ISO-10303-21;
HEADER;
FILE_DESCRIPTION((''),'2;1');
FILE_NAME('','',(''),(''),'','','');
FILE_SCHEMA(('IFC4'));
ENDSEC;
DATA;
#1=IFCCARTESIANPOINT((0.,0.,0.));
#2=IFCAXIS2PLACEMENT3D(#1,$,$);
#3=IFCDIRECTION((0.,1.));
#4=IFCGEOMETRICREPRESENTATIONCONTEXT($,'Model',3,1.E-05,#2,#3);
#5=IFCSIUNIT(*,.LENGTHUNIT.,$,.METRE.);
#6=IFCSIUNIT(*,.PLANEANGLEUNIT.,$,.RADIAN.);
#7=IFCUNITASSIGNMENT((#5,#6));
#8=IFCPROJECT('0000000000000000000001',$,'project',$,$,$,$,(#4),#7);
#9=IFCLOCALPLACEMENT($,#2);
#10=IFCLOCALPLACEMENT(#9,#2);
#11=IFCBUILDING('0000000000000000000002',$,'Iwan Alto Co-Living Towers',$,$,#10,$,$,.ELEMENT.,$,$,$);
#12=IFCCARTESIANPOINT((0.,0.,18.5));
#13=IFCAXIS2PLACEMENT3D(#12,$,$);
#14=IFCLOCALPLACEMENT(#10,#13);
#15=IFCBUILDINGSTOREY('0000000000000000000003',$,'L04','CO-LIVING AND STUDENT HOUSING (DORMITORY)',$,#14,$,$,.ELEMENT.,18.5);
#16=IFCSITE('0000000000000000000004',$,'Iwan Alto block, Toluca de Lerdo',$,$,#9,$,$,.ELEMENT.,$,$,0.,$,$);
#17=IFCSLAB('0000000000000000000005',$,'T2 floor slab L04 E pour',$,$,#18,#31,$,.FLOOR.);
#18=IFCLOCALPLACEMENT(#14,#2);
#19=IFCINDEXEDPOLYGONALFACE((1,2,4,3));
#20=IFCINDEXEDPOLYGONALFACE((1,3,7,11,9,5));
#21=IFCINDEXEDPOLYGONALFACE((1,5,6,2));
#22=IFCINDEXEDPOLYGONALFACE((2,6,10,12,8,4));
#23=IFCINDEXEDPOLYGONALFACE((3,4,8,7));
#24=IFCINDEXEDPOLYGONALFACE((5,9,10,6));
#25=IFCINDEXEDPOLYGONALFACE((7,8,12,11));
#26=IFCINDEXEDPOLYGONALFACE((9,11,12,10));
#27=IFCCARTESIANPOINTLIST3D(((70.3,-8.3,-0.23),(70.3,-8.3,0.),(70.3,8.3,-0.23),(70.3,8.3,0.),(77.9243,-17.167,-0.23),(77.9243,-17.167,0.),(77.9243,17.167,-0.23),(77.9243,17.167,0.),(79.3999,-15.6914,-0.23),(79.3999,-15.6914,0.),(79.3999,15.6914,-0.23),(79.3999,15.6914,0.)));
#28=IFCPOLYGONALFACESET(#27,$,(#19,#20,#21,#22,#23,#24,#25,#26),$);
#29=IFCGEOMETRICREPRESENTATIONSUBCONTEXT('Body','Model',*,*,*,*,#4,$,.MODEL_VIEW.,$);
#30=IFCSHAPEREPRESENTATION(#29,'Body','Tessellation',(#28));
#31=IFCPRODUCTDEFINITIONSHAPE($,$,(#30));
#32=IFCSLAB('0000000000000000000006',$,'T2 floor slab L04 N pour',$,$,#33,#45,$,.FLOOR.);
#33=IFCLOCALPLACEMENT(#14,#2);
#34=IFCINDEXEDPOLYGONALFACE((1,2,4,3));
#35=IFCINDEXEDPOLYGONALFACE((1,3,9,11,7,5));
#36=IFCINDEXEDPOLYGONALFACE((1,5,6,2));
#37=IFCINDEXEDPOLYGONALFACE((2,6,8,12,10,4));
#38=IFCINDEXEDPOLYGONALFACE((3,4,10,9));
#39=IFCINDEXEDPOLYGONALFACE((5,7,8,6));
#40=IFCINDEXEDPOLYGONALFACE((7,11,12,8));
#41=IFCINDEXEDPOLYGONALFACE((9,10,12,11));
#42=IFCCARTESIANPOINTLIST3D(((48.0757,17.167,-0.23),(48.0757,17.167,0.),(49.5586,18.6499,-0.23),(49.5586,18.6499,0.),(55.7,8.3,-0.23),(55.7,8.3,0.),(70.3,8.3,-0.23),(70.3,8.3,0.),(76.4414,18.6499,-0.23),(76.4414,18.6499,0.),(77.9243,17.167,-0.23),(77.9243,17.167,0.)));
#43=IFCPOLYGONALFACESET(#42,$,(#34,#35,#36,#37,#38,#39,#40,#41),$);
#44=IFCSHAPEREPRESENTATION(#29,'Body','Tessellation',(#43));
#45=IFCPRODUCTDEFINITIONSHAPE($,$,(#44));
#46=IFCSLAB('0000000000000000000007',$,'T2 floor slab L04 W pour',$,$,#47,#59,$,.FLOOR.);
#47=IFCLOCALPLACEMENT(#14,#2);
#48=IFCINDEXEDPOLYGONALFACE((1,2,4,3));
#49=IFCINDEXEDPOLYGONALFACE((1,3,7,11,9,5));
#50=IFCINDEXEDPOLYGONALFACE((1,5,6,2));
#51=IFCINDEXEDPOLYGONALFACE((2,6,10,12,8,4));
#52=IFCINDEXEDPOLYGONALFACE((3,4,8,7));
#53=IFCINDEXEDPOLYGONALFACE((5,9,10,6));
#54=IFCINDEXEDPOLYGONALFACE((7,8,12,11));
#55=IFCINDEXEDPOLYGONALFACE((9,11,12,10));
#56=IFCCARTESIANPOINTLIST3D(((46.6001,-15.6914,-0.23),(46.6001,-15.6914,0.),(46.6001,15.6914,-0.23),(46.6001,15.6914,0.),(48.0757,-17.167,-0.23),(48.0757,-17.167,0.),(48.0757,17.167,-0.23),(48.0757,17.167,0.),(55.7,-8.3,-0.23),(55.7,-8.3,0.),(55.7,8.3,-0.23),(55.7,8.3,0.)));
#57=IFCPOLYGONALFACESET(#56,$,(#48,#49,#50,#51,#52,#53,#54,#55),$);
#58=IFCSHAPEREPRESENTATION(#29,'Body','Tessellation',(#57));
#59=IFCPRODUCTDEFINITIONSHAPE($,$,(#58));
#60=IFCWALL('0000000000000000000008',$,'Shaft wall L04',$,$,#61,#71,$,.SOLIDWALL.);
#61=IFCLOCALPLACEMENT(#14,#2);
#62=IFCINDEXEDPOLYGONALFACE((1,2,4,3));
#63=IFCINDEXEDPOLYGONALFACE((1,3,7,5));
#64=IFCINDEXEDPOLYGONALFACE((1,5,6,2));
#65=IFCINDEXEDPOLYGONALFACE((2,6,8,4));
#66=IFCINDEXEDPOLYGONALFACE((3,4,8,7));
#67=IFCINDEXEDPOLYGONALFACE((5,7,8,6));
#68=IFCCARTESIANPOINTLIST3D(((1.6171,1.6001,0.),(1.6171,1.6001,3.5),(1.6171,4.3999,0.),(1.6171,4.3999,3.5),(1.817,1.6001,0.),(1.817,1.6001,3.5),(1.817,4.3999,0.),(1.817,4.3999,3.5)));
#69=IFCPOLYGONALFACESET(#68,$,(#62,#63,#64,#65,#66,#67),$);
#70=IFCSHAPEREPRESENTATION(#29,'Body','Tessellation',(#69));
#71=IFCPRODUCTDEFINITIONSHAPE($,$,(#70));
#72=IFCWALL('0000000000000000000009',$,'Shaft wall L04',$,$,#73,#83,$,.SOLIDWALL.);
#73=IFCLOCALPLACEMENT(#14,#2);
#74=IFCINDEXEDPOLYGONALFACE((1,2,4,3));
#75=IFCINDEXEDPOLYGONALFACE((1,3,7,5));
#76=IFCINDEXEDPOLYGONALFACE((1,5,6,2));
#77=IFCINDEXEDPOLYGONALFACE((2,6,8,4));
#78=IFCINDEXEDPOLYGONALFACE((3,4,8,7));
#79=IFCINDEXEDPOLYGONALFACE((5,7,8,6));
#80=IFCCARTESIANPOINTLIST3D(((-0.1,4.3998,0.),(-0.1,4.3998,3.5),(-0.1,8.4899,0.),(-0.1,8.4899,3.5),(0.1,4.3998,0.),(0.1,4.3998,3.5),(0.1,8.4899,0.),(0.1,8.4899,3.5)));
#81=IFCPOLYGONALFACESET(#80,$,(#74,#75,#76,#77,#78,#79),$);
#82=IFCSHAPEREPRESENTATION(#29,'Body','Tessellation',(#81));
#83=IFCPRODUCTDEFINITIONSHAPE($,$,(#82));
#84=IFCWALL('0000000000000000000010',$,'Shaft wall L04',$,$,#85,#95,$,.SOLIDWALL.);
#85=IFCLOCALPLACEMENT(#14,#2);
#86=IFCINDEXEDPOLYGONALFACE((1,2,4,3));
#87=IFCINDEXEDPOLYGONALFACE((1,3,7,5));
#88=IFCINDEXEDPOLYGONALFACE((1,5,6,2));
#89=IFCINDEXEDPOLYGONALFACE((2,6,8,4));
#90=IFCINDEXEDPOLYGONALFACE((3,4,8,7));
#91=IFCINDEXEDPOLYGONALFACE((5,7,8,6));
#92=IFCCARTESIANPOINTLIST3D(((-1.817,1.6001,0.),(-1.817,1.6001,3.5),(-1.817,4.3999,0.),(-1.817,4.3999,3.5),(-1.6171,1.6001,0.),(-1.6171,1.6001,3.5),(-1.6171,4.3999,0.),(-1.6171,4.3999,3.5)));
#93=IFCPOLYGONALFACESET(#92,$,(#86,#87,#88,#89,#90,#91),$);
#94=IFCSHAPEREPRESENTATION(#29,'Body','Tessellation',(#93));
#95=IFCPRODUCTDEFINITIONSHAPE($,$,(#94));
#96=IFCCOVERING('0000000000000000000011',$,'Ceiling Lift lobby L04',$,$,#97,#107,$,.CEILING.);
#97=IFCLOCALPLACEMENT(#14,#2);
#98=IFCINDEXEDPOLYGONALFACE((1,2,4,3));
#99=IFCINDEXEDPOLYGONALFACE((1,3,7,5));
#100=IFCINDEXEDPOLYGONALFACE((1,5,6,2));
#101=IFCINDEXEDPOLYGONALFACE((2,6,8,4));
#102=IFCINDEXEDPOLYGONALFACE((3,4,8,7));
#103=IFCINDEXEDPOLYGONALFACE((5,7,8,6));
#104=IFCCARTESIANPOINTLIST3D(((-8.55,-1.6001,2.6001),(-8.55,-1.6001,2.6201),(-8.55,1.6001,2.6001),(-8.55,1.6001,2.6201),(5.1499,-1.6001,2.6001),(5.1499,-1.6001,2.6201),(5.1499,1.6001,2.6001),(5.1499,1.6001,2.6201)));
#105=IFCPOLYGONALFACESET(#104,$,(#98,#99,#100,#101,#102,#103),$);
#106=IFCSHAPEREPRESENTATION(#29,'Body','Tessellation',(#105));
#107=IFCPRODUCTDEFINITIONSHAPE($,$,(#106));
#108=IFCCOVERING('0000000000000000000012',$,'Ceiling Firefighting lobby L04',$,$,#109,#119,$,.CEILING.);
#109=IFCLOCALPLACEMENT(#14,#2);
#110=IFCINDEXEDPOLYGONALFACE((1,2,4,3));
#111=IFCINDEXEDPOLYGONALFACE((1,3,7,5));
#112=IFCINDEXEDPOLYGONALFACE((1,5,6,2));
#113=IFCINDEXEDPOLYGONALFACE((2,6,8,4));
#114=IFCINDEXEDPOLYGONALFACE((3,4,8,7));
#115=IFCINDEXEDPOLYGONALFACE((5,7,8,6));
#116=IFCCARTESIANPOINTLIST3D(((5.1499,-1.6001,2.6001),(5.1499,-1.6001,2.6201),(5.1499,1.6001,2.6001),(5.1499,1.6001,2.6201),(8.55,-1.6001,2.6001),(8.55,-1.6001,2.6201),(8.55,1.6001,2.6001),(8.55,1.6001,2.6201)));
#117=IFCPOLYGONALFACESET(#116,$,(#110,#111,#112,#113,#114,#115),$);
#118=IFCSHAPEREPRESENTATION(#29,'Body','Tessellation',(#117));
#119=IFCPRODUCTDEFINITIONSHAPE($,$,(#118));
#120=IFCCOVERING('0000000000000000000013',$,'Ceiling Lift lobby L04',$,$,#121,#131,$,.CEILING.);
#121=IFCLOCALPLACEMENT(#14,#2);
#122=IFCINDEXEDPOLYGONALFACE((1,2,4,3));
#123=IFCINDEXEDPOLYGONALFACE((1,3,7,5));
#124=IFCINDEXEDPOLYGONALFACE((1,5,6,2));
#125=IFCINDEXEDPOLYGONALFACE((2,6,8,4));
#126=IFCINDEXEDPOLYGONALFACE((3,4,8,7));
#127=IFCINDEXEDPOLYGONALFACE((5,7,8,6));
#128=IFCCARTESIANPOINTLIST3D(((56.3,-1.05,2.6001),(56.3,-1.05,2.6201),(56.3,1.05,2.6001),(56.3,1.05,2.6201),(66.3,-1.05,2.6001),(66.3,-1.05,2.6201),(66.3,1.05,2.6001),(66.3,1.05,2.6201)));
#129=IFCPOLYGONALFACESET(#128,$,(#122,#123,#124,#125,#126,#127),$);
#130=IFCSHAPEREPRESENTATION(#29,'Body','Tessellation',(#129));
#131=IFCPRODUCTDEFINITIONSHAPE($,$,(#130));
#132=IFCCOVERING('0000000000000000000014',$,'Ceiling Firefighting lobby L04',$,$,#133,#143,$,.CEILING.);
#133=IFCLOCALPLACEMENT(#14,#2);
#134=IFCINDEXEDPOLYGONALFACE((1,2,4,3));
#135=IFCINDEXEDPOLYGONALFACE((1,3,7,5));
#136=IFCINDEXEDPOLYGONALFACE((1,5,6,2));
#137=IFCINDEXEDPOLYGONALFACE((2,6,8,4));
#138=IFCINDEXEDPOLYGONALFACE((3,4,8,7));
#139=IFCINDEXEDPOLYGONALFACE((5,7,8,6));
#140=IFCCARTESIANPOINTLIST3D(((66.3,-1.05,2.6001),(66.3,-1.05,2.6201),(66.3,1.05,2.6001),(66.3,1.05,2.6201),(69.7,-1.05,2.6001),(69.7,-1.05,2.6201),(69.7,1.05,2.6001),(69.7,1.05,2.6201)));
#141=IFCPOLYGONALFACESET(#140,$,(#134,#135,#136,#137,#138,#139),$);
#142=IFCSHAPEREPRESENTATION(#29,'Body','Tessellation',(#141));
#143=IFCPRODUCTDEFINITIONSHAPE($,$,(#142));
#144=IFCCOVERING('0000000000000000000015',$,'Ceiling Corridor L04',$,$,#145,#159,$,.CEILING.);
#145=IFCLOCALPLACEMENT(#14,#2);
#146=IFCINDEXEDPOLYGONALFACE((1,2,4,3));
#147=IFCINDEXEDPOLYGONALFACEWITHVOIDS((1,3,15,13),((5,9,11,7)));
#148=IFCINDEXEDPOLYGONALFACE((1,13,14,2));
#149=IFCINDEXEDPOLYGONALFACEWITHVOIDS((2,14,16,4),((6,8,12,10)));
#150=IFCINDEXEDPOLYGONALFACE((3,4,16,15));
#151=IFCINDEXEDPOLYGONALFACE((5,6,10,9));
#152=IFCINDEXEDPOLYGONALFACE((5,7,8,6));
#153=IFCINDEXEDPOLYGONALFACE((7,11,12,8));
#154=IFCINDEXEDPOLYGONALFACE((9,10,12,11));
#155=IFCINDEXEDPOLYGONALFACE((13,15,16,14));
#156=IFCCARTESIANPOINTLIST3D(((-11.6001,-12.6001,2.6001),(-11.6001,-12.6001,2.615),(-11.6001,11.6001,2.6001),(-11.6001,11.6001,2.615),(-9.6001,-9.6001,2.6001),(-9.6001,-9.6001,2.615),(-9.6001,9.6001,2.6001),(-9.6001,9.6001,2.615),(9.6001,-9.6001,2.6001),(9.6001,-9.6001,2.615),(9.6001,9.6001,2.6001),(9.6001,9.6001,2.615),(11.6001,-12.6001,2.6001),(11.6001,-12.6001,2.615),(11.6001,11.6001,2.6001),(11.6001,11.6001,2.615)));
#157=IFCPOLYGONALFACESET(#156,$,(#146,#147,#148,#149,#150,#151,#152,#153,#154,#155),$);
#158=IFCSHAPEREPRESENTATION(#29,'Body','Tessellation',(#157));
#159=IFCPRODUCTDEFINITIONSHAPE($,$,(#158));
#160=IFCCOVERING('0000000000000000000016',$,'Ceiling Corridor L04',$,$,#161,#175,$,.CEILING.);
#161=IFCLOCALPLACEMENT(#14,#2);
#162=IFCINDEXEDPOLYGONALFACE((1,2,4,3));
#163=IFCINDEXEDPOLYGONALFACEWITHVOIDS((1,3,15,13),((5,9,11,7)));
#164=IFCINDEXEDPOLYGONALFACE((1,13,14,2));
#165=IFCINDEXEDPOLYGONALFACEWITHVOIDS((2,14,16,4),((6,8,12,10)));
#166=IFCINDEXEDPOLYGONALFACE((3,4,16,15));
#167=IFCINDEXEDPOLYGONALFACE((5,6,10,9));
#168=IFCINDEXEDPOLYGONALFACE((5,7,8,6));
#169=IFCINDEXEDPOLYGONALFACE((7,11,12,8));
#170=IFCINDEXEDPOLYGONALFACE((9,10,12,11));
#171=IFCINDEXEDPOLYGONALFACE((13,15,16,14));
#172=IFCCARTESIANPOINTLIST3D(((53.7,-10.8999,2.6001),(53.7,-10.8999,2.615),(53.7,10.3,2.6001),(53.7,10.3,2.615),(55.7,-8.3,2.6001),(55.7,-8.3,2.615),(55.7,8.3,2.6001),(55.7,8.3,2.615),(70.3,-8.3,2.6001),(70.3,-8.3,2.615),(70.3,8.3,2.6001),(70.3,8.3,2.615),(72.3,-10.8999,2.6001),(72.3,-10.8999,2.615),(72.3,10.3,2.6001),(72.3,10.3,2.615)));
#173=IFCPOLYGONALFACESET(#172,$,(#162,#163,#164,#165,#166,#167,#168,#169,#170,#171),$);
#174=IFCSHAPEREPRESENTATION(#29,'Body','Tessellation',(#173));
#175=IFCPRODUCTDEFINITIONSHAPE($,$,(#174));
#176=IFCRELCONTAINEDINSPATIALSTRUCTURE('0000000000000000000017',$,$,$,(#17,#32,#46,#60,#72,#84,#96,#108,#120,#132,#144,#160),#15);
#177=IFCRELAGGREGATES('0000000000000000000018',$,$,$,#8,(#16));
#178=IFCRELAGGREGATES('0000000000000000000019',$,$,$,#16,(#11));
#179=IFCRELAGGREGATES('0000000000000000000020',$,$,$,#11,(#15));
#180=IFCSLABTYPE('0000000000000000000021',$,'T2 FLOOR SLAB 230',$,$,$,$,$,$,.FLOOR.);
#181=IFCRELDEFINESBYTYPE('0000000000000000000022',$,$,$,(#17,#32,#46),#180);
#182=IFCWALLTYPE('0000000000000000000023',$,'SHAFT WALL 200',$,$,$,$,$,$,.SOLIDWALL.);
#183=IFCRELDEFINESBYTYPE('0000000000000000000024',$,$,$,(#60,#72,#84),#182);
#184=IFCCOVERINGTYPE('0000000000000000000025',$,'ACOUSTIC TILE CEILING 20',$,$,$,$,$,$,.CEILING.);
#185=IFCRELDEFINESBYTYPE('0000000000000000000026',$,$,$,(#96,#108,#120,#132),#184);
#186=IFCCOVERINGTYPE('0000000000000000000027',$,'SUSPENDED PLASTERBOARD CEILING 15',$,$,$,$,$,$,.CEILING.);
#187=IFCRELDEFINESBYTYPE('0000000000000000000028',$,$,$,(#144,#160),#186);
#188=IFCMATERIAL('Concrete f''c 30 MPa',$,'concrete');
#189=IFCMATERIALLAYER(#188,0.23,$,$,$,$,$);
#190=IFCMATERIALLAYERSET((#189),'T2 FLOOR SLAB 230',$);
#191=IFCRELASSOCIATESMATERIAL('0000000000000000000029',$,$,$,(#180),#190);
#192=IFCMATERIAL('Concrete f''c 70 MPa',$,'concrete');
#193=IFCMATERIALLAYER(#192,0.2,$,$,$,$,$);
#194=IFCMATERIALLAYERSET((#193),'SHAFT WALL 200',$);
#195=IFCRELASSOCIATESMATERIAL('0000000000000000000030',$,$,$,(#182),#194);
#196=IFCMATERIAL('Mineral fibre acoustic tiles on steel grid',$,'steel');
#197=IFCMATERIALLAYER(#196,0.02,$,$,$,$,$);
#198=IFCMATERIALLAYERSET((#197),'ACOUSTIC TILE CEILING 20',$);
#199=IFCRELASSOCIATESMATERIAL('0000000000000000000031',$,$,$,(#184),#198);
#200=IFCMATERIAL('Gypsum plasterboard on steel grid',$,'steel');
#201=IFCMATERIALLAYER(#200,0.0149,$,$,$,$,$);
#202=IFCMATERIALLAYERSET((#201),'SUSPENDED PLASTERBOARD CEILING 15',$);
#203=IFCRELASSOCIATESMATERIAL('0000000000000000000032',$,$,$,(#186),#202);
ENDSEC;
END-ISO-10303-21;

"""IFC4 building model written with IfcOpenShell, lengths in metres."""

from ifc_helpers import new_model, si_unit, direction, frame, frame_2d, origin, place, context, subcontext, project, spatial, polyline, rectangle, outline, extrude, material, layer, layer_set, type_object, element, save


model = new_model("IFC4")

# Units and contexts
model_context = context("Model", 3, precision=1e-05, world=origin(), true_north=direction((0.0, 1.0)))
body_context = subcontext(model_context, "Body", "Model", "MODEL_VIEW")
ifc_project = project(units=[si_unit("LENGTHUNIT", "METRE"), si_unit("PLANEANGLEUNIT", "RADIAN")], contexts=[model_context])

# Site, building, storey
site_placement = place(None, origin())
site = spatial("IfcSite", under=ifc_project, at=site_placement, Name="Iwan Alto block, Toluca de Lerdo", CompositionType="ELEMENT", RefElevation=0.0)
building_placement = place(site_placement, origin())
building = spatial("IfcBuilding", under=site, at=building_placement, Name="Iwan Alto Co-Living Towers", CompositionType="ELEMENT")
storey_placement = place(building_placement, frame((0.0, 0.0, 18.5)))
storey = spatial("IfcBuildingStorey", under=building, at=storey_placement, Name="L04", Description="CO-LIVING AND STUDENT HOUSING (DORMITORY)", CompositionType="ELEMENT", Elevation=18.5)

# Slabs
ifc_material_1 = material(Name="Concrete f'c 30 MPa", Category="concrete")
ifc_layer_1 = layer(ifc_material_1, 0.23)
ifc_layer_set_1 = layer_set([ifc_layer_1], Name="T2 FLOOR SLAB 230")
slab_type_1 = type_object("IfcSlabType", Name="T2 FLOOR SLAB 230", PredefinedType="FLOOR", material=ifc_layer_set_1)
slab_1_placement = place(storey_placement, frame((0.0, 0.0, -0.23)))
element("IfcSlab", 1, at=slab_1_placement, inside=storey, type_object=slab_type_1, Name="T2 floor slab L04 E pour", PredefinedType="FLOOR", context=body_context, shape_type="SweptSolid", body=[
    extrude(outline(polyline([(79.3999, 15.6914), (79.3999, -15.6914), (77.9243, -17.167), (70.3, -8.3), (70.3, 8.3), (77.9243, 17.167), (79.3999, 15.6914)])), origin(), (0.0, 0.0, 1.0), 0.23),
])
slab_2_placement = place(storey_placement, frame((0.0, 0.0, -0.23)))
element("IfcSlab", 2, at=slab_2_placement, inside=storey, type_object=slab_type_1, Name="T2 floor slab L04 N pour", PredefinedType="FLOOR", context=body_context, shape_type="SweptSolid", body=[
    extrude(outline(polyline([(49.5586, 18.6499), (76.4414, 18.6499), (77.9243, 17.167), (70.3, 8.3), (55.7, 8.3), (48.0757, 17.167), (49.5586, 18.6499)])), origin(), (0.0, 0.0, 1.0), 0.23),
])
slab_3_placement = place(storey_placement, frame((0.0, 0.0, -0.23)))
element("IfcSlab", 3, at=slab_3_placement, inside=storey, type_object=slab_type_1, Name="T2 floor slab L04 W pour", PredefinedType="FLOOR", context=body_context, shape_type="SweptSolid", body=[
    extrude(outline(polyline([(46.6001, 15.6914), (48.0757, 17.167), (55.7, 8.3), (55.7, -8.3), (48.0757, -17.167), (46.6001, -15.6914), (46.6001, 15.6914)])), origin(), (0.0, 0.0, 1.0), 0.23),
])

# Walls
ifc_material_2 = material(Name="Concrete f'c 70 MPa", Category="concrete")
ifc_layer_2 = layer(ifc_material_2, 0.2)
ifc_layer_set_2 = layer_set([ifc_layer_2], Name="SHAFT WALL 200")
wall_type = type_object("IfcWallType", Name="SHAFT WALL 200", PredefinedType="SOLIDWALL", material=ifc_layer_set_2)
wall_1_placement = place(storey_placement, frame((1.717, 1.6001, 0.0), z_axis=(0.0, 0.0, 1.0), x_axis=(0.0, 1.0, 0.0)))
element("IfcWall", 4, at=wall_1_placement, inside=storey, type_object=wall_type, Name="Shaft wall L04", PredefinedType="SOLIDWALL", context=body_context, shape_type="SweptSolid", body=[
    extrude(rectangle(XDim=2.7998, YDim=0.2, at=frame_2d((1.3999, 0.0))), origin(), (0.0, 0.0, 1.0), 3.5),
])
wall_2_placement = place(storey_placement, frame((0.0, 4.3999, 0.0), z_axis=(0.0, 0.0, 1.0), x_axis=(0.0, 1.0, 0.0)))
element("IfcWall", 5, at=wall_2_placement, inside=storey, type_object=wall_type, Name="Shaft wall L04", PredefinedType="SOLIDWALL", context=body_context, shape_type="SweptSolid", body=[
    extrude(rectangle(XDim=4.0901, YDim=0.2, at=frame_2d((2.0449, 0.0))), origin(), (0.0, 0.0, 1.0), 3.5),
])
wall_3_placement = place(storey_placement, frame((-1.717, 1.6001, 0.0), z_axis=(0.0, 0.0, 1.0), x_axis=(0.0, 1.0, 0.0)))
element("IfcWall", 6, at=wall_3_placement, inside=storey, type_object=wall_type, Name="Shaft wall L04", PredefinedType="SOLIDWALL", context=body_context, shape_type="SweptSolid", body=[
    extrude(rectangle(XDim=2.7998, YDim=0.2, at=frame_2d((1.3999, 0.0))), origin(), (0.0, 0.0, 1.0), 3.5),
])

# Coverings
ifc_material_3 = material(Name="Mineral fibre acoustic tiles on steel grid", Category="steel")
ifc_layer_3 = layer(ifc_material_3, 0.02)
ifc_layer_set_3 = layer_set([ifc_layer_3], Name="ACOUSTIC TILE CEILING 20")
covering_type_1 = type_object("IfcCoveringType", Name="ACOUSTIC TILE CEILING 20", PredefinedType="CEILING", material=ifc_layer_set_3)
covering_1_placement = place(storey_placement, frame((0.0, 0.0, 2.6001)))
element("IfcCovering", 7, at=covering_1_placement, inside=storey, type_object=covering_type_1, Name="Ceiling Lift lobby L04", PredefinedType="CEILING", context=body_context, shape_type="SweptSolid", body=[
    extrude(outline(polyline([(-8.55, -1.6001), (-8.55, 1.6001), (5.1499, 1.6001), (5.1499, -1.6001), (-8.55, -1.6001)])), origin(), (0.0, 0.0, 1.0), 0.02),
])
covering_2_placement = place(storey_placement, frame((0.0, 0.0, 2.6001)))
element("IfcCovering", 8, at=covering_2_placement, inside=storey, type_object=covering_type_1, Name="Ceiling Firefighting lobby L04", PredefinedType="CEILING", context=body_context, shape_type="SweptSolid", body=[
    extrude(outline(polyline([(5.1499, -1.6001), (5.1499, 1.6001), (8.55, 1.6001), (8.55, -1.6001), (5.1499, -1.6001)])), origin(), (0.0, 0.0, 1.0), 0.02),
])
covering_3_placement = place(storey_placement, frame((0.0, 0.0, 2.6001)))
element("IfcCovering", 9, at=covering_3_placement, inside=storey, type_object=covering_type_1, Name="Ceiling Lift lobby L04", PredefinedType="CEILING", context=body_context, shape_type="SweptSolid", body=[
    extrude(outline(polyline([(56.3, -1.05), (56.3, 1.05), (66.3, 1.05), (66.3, -1.05), (56.3, -1.05)])), origin(), (0.0, 0.0, 1.0), 0.02),
])
covering_4_placement = place(storey_placement, frame((0.0, 0.0, 2.6001)))
element("IfcCovering", 10, at=covering_4_placement, inside=storey, type_object=covering_type_1, Name="Ceiling Firefighting lobby L04", PredefinedType="CEILING", context=body_context, shape_type="SweptSolid", body=[
    extrude(outline(polyline([(66.3, -1.05), (66.3, 1.05), (69.7, 1.05), (69.7, -1.05), (66.3, -1.05)])), origin(), (0.0, 0.0, 1.0), 0.02),
])
ifc_material_4 = material(Name="Gypsum plasterboard on steel grid", Category="steel")
ifc_layer_4 = layer(ifc_material_4, 0.0149)
ifc_layer_set_4 = layer_set([ifc_layer_4], Name="SUSPENDED PLASTERBOARD CEILING 15")
covering_type_2 = type_object("IfcCoveringType", Name="SUSPENDED PLASTERBOARD CEILING 15", PredefinedType="CEILING", material=ifc_layer_set_4)
covering_5_placement = place(storey_placement, frame((0.0, 0.0, 2.6001)))
element("IfcCovering", 11, at=covering_5_placement, inside=storey, type_object=covering_type_2, Name="Ceiling Corridor L04", PredefinedType="CEILING", context=body_context, shape_type="SweptSolid", body=[
    extrude(outline(polyline([(-11.6001, 11.6001), (11.6001, 11.6001), (11.6001, -12.6001), (-11.6001, -12.6001), (-11.6001, 11.6001)]), holes=[polyline([(-9.6001, 9.6001), (-9.6001, -9.6001), (9.6001, -9.6001), (9.6001, 9.6001), (-9.6001, 9.6001)])]), origin(), (0.0, 0.0, 1.0), 0.0149),
])
covering_6_placement = place(storey_placement, frame((0.0, 0.0, 2.6001)))
element("IfcCovering", 12, at=covering_6_placement, inside=storey, type_object=covering_type_2, Name="Ceiling Corridor L04", PredefinedType="CEILING", context=body_context, shape_type="SweptSolid", body=[
    extrude(outline(polyline([(53.7, 10.3), (72.3, 10.3), (72.3, -10.8999), (53.7, -10.8999), (53.7, 10.3)]), holes=[polyline([(55.7, 8.3), (55.7, -8.3), (70.3, -8.3), (70.3, 8.3), (55.7, 8.3)])]), origin(), (0.0, 0.0, 1.0), 0.0149),
])

save(model, "model.ifc")
